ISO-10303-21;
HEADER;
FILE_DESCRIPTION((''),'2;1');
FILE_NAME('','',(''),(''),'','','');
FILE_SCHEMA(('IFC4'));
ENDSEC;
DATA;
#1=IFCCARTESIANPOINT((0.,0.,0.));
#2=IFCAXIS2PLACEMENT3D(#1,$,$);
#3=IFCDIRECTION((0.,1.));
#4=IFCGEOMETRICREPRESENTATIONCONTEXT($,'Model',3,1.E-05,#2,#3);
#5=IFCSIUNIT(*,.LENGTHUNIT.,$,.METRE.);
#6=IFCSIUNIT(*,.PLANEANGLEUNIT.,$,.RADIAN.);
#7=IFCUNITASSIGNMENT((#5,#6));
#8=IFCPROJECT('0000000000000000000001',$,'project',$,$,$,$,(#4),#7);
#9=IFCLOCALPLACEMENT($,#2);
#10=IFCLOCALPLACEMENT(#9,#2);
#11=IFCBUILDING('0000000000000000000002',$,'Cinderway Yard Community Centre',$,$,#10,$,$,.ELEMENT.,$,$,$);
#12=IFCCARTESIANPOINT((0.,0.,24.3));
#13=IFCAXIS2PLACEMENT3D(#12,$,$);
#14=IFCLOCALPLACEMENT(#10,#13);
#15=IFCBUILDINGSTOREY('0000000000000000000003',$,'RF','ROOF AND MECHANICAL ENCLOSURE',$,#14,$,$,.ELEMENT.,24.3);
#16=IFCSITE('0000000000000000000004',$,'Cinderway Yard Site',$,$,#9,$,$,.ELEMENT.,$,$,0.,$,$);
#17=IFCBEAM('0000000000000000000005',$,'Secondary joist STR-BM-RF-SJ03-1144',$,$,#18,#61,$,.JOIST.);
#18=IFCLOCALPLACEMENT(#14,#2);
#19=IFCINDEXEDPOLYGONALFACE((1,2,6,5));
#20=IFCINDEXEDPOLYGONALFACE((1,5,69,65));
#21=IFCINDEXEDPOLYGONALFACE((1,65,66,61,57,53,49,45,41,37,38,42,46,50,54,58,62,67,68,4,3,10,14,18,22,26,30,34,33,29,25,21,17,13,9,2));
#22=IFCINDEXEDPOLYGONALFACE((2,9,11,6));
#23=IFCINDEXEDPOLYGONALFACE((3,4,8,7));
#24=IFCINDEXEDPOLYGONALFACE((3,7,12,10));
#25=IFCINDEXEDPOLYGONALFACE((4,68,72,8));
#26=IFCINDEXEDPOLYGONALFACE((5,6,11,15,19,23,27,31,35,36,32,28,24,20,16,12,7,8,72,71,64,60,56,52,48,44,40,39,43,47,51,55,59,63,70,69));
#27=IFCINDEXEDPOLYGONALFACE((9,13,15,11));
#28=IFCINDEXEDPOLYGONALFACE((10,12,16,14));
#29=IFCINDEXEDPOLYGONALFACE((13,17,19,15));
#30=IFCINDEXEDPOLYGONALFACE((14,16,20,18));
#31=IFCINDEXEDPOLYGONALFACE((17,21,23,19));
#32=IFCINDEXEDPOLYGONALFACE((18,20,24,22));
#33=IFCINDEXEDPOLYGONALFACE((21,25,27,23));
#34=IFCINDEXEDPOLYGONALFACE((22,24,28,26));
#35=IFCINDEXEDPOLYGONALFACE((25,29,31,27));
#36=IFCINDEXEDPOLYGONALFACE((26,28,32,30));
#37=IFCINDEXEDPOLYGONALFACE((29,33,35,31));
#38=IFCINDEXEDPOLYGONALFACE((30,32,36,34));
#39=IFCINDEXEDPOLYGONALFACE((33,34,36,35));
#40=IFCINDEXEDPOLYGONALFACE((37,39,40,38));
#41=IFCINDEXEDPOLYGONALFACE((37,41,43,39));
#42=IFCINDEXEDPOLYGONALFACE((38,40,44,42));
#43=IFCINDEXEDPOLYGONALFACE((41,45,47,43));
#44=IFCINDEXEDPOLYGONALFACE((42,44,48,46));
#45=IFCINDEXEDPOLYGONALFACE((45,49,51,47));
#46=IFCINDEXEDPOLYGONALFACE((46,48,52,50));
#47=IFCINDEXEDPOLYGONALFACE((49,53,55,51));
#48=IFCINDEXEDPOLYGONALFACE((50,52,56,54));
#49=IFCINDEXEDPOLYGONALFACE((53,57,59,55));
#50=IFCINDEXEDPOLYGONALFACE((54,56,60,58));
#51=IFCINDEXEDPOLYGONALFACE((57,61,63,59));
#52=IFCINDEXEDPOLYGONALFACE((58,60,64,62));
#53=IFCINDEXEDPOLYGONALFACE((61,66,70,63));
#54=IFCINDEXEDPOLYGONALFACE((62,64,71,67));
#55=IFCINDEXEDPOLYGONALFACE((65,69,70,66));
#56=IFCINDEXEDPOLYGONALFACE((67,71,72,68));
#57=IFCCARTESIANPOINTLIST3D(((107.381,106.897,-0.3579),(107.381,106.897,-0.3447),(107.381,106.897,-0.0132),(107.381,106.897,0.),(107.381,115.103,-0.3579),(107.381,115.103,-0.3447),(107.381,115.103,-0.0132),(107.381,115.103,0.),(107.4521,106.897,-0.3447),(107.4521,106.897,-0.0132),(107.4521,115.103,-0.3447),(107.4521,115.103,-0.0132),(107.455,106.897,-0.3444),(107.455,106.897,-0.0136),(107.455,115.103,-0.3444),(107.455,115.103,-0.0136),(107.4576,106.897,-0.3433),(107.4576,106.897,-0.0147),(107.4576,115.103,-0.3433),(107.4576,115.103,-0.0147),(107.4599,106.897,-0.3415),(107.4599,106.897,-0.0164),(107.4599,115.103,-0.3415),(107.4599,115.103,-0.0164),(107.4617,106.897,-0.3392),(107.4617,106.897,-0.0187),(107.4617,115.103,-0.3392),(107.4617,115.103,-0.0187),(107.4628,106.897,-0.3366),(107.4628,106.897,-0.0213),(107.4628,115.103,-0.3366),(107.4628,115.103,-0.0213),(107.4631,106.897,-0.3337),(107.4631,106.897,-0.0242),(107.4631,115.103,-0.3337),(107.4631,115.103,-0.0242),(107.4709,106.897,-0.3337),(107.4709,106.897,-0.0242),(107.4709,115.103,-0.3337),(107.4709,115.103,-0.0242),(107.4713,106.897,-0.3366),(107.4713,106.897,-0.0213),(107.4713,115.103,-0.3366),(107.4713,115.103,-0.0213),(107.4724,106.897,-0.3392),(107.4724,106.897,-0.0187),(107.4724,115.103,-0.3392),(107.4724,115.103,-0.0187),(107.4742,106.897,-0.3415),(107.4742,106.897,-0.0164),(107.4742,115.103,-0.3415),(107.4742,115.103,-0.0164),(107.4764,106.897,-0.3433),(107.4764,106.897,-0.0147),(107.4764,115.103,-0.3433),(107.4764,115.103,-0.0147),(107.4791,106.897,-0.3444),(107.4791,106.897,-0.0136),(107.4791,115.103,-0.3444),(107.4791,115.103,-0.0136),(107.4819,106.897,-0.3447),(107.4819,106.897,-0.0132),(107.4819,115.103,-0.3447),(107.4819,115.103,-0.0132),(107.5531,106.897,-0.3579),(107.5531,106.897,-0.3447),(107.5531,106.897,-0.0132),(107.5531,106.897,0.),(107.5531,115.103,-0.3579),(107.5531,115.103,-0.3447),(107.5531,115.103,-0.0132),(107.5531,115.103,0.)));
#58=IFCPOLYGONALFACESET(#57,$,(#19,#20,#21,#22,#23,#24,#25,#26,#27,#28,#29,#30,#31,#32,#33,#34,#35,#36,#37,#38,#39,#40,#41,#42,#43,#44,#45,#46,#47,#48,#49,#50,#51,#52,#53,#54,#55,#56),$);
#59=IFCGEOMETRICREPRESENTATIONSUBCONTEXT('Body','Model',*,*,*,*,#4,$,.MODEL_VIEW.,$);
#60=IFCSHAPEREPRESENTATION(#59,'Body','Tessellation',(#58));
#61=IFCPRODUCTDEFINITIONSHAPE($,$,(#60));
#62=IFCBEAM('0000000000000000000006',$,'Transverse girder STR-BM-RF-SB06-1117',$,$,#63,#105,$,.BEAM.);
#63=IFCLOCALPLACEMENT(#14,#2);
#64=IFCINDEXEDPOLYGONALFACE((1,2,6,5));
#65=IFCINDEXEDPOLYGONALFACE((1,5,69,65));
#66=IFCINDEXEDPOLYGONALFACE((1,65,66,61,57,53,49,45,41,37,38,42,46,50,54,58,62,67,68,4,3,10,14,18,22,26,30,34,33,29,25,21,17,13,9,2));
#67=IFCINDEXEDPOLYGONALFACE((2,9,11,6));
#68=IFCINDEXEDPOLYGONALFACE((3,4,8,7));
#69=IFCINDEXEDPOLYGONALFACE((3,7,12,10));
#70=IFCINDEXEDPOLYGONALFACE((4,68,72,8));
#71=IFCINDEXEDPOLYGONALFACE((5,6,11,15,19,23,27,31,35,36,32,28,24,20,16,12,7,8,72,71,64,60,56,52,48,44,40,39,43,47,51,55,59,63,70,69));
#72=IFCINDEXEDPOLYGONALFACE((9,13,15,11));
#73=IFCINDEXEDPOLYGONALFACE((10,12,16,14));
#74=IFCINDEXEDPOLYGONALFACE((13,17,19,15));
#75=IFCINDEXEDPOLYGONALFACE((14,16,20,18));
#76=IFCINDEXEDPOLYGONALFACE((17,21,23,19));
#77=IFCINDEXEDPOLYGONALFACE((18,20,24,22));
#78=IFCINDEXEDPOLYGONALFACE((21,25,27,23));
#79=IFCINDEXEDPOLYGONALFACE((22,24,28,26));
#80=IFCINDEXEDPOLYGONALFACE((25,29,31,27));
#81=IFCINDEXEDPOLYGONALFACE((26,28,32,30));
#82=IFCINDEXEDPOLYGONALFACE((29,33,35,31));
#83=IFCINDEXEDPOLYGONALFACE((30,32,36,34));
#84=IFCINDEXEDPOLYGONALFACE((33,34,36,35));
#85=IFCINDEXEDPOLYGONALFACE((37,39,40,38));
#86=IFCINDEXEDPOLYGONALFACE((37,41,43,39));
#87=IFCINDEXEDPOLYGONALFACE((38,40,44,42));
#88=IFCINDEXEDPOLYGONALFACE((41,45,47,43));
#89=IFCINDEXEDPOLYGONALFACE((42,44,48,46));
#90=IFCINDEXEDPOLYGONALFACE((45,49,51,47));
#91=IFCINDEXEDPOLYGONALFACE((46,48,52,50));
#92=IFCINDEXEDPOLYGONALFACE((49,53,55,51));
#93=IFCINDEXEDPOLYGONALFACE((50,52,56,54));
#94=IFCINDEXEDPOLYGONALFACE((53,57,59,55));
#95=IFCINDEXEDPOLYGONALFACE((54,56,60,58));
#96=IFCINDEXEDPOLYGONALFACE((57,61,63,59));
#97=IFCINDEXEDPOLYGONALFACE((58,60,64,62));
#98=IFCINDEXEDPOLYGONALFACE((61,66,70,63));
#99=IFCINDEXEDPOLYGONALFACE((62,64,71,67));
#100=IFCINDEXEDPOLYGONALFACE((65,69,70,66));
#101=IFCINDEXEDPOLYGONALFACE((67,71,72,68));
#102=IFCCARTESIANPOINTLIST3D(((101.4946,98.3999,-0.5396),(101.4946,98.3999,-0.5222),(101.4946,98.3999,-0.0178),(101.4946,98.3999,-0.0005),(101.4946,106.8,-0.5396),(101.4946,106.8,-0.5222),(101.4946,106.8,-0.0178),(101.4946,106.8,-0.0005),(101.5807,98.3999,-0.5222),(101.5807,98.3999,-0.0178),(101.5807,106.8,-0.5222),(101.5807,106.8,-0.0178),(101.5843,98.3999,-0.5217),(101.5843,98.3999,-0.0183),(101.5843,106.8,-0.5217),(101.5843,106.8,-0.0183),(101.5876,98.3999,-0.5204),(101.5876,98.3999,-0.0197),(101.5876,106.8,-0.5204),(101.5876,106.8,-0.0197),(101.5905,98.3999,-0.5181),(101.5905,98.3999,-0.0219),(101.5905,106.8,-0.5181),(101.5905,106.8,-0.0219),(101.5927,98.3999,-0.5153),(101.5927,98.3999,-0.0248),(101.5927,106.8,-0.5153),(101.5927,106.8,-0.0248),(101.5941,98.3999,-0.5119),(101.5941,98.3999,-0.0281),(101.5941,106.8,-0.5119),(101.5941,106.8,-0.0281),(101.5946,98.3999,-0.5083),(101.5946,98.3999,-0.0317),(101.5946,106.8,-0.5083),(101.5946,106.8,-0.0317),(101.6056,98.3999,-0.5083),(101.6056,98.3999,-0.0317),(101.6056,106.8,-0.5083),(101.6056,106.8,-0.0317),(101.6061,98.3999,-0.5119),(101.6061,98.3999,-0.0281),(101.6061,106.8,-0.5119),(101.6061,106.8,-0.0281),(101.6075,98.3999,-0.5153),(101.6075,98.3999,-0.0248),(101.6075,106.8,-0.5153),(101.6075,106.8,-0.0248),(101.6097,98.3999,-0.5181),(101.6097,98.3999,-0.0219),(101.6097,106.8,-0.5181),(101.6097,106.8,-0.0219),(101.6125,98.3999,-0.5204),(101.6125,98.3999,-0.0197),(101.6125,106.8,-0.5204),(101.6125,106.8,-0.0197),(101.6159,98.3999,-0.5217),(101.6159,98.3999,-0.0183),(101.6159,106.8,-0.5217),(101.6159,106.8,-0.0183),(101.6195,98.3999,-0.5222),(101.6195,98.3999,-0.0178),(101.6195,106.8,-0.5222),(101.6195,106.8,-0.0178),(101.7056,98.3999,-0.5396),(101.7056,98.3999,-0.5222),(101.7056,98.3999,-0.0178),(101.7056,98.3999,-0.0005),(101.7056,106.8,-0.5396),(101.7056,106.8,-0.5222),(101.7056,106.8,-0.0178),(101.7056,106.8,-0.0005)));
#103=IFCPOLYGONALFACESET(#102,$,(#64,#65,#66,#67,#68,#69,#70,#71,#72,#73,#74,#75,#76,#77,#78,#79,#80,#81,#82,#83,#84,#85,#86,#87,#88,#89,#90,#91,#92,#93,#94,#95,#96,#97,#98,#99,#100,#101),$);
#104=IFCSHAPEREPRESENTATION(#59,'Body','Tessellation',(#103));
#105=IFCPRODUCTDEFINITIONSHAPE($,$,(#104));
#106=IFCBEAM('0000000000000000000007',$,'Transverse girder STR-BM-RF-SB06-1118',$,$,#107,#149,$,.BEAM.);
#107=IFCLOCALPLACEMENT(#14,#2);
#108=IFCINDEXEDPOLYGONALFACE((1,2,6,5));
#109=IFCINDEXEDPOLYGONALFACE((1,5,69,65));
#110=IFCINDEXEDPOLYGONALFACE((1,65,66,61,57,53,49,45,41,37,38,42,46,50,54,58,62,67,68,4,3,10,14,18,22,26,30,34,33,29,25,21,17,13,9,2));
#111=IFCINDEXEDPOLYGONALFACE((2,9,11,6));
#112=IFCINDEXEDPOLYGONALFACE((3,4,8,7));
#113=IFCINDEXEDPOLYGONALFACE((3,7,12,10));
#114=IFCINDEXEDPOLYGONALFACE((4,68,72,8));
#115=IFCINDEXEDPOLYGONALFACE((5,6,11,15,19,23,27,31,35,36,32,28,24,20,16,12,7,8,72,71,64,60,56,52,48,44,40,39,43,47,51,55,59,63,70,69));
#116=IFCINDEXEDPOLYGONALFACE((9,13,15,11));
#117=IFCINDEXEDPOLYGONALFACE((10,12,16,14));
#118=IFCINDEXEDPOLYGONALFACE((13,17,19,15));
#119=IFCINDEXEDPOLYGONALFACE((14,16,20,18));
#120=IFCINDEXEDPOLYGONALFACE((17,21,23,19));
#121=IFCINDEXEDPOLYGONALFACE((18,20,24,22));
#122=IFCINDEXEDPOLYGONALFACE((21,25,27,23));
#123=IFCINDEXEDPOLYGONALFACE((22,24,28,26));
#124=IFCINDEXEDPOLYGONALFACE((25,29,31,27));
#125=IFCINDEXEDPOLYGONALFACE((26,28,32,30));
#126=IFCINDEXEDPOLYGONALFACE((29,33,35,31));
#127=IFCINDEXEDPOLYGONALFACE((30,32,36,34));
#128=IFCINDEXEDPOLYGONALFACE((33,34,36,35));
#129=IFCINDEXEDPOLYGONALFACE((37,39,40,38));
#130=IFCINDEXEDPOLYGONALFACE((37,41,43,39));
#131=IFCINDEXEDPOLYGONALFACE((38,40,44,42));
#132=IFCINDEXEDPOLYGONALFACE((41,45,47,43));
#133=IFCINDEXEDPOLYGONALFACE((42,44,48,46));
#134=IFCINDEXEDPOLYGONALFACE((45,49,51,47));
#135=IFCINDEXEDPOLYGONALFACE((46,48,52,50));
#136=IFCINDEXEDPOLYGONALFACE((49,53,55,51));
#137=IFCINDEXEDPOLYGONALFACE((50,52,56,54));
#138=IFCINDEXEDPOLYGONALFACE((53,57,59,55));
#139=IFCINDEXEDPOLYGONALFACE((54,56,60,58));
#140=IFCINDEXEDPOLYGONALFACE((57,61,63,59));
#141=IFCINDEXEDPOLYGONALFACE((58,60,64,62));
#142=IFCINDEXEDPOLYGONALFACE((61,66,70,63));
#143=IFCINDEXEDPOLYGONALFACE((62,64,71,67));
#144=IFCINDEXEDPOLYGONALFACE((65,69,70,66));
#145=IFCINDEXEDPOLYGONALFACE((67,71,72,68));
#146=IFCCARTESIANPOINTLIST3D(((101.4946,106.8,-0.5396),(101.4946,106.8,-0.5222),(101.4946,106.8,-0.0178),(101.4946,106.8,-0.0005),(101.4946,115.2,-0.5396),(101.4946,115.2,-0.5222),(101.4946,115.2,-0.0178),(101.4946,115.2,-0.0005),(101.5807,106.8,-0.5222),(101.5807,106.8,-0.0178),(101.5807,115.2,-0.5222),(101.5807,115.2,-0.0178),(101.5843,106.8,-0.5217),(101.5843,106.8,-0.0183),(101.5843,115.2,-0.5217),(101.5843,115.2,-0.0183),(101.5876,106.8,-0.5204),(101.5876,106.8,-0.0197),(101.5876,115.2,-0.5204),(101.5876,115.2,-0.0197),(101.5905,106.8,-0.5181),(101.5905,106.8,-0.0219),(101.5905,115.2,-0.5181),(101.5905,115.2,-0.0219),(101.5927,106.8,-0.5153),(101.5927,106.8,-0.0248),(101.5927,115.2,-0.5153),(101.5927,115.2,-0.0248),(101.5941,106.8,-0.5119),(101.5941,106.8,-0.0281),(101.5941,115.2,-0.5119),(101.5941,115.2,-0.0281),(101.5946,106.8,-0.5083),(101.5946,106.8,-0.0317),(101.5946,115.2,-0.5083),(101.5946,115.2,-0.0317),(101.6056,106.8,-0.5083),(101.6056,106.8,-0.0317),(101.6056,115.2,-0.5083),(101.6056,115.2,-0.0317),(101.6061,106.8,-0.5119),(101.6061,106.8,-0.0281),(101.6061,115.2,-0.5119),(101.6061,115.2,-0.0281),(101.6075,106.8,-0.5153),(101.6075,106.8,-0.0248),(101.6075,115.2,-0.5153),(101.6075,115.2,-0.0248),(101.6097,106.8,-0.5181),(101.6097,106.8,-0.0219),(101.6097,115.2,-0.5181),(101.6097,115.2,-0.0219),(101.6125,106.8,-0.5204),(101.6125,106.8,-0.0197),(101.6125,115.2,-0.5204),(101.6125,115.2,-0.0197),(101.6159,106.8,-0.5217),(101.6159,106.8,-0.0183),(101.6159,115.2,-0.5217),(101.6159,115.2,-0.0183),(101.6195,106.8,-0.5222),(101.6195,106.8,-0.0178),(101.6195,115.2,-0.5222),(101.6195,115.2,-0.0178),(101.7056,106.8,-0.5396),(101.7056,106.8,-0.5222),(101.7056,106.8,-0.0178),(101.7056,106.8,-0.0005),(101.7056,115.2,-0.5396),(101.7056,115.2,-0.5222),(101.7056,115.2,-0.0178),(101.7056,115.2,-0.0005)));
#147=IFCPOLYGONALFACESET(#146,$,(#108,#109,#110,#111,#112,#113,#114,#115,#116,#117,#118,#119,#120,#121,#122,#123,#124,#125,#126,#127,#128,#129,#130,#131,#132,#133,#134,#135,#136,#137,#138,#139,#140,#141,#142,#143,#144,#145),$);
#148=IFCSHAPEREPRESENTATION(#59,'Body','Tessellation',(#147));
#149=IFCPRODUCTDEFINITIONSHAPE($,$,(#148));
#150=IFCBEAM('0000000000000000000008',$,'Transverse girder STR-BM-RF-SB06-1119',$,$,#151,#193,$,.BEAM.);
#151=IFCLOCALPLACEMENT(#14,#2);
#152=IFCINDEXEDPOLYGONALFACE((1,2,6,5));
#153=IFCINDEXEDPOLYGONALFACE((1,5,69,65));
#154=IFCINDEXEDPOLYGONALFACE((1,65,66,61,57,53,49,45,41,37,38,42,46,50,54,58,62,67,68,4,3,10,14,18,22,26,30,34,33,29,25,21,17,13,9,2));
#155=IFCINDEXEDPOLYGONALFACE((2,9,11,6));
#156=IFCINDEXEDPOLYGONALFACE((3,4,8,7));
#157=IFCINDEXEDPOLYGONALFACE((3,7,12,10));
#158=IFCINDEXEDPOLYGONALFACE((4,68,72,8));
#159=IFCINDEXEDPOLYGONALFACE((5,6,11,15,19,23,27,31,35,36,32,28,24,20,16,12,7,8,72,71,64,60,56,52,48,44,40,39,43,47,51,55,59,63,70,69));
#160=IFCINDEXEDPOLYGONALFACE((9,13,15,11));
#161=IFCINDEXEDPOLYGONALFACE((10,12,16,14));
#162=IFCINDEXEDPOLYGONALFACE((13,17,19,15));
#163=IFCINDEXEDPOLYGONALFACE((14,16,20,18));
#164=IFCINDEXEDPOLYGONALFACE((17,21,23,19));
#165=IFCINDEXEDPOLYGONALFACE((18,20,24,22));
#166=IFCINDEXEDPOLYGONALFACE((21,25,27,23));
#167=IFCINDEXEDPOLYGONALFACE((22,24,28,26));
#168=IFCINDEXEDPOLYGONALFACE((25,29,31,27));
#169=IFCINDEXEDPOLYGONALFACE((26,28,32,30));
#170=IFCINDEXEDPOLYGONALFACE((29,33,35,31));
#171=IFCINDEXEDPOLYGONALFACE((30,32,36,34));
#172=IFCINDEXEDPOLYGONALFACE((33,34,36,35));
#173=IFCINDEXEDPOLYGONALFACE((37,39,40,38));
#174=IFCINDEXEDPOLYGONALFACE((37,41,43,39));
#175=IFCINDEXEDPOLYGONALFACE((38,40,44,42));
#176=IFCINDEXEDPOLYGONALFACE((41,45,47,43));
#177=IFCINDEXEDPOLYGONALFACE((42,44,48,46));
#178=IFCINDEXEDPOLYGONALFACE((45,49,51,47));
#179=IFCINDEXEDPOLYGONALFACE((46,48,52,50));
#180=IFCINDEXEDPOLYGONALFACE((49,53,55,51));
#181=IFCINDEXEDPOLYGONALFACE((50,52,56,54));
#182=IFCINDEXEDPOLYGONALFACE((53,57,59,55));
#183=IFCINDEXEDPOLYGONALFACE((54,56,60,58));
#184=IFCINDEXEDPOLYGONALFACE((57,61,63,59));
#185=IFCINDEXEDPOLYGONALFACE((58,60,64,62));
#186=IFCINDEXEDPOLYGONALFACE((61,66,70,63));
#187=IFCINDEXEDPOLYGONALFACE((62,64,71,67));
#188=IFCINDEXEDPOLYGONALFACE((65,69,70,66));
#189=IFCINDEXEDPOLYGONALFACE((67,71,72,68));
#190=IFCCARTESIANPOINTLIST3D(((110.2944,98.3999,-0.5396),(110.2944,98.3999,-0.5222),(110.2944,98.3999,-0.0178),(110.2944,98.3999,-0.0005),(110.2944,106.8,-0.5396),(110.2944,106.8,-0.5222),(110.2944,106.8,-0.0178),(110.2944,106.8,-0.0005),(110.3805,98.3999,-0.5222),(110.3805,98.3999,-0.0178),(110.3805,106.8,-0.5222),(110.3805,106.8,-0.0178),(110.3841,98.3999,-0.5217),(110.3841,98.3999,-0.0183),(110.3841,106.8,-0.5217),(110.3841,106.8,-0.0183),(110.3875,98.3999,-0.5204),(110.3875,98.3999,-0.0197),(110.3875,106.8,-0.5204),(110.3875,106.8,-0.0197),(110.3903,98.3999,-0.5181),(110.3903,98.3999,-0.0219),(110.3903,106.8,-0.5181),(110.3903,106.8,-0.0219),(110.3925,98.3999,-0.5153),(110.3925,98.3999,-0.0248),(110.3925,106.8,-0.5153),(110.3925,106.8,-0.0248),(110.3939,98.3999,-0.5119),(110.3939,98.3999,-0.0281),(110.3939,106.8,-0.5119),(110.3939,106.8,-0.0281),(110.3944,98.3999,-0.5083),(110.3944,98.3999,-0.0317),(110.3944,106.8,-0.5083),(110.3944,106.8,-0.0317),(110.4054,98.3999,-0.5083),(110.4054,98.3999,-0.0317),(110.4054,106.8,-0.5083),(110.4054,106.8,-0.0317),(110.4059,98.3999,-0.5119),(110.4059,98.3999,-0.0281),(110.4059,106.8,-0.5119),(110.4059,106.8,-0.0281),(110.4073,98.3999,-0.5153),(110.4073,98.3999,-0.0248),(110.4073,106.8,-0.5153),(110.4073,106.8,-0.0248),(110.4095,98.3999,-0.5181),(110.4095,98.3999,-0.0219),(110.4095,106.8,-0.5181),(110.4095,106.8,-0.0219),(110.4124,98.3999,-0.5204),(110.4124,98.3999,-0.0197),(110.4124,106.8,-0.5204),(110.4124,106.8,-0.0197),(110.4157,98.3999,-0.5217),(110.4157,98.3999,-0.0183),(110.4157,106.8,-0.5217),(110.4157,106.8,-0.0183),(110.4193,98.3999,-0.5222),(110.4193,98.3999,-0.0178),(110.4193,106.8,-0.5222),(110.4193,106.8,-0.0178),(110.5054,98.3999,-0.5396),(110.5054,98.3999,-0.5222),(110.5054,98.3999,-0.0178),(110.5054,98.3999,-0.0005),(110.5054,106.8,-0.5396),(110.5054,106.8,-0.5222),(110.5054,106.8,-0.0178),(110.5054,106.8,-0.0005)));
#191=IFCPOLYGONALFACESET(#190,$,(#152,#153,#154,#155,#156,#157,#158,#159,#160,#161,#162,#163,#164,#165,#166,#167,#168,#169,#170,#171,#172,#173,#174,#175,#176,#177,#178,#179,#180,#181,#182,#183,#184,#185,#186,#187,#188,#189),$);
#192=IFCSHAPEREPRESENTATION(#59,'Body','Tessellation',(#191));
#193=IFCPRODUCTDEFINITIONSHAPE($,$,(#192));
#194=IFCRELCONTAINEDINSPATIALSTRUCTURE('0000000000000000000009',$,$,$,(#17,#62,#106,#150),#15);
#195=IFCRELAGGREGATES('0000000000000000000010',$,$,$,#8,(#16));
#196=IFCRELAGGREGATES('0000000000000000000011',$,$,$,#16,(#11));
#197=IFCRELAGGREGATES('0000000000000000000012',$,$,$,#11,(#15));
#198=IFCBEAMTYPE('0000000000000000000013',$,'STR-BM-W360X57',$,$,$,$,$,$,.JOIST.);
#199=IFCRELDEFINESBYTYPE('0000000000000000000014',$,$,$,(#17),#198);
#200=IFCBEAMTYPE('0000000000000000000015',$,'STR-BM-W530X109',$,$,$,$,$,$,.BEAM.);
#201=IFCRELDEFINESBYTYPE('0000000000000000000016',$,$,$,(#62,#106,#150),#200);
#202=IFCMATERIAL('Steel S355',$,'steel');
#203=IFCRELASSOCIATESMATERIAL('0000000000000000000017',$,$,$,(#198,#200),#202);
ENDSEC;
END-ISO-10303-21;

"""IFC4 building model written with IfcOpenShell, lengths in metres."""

from ifc_helpers import new_model, si_unit, direction, frame, origin, origin_2d, place, context, subcontext, project, spatial, i_section, extrude, material, material_profile, profile_set, type_object, element, save


model = new_model("IFC4")

# Units and contexts
model_context = context("Model", 3, precision=1e-05, world=origin(), true_north=direction((0.0, 1.0)))
body_context = subcontext(model_context, "Body", "Model", "MODEL_VIEW")
ifc_project = project(units=[si_unit("LENGTHUNIT", "METRE"), si_unit("PLANEANGLEUNIT", "RADIAN")], contexts=[model_context])

# Site, building, storey
site_placement = place(None, origin())
site = spatial("IfcSite", under=ifc_project, at=site_placement, Name="Cinderway Yard Site", CompositionType="ELEMENT", RefElevation=0.0)
building_placement = place(site_placement, origin())
building = spatial("IfcBuilding", under=site, at=building_placement, Name="Cinderway Yard Community Centre", CompositionType="ELEMENT")
storey_placement = place(building_placement, frame((0.0, 0.0, 24.3)))
storey = spatial("IfcBuildingStorey", under=building, at=storey_placement, Name="RF", Description="ROOF AND MECHANICAL ENCLOSURE", CompositionType="ELEMENT", Elevation=24.3)

# Shared definitions
ifc_material = material(Name="Steel S355", Category="steel")

# Beams
ifc_material_profile_1 = material_profile(ifc_material, i_section(OverallWidth=0.1721, OverallDepth=0.3579, WebThickness=0.0078, FlangeThickness=0.0132, FilletRadius=0.011, at=origin_2d()), Name="Steel S355")
ifc_profile_set_1 = profile_set([ifc_material_profile_1], Name="Steel S355")
beam_type_1 = type_object("IfcBeamType", Name="STR-BM-W360X57", PredefinedType="JOIST", material=ifc_profile_set_1)
for number, where, z_axis, x_axis, name in (
    (1, (107.467, 106.897, -0.179), (0.0, 1.0, 0.0), (-1.0, 0.0, 0.0), "Secondary joist STR-BM-RF-SJ03-1144"),
):
    element("IfcBeam", number, at=place(storey_placement, frame(where, z_axis=z_axis, x_axis=x_axis)), inside=storey, type_object=beam_type_1, Name=name, PredefinedType="JOIST", context=body_context, shape_type="SweptSolid", body=[
        extrude(i_section(OverallWidth=0.1721, OverallDepth=0.3579, WebThickness=0.0078, FlangeThickness=0.0132, FilletRadius=0.011, at=origin_2d()), origin(), (0.0, 0.0, 1.0), 8.2061),
    ])
ifc_material_profile_2 = material_profile(ifc_material, i_section(OverallWidth=0.2109, OverallDepth=0.5391, WebThickness=0.011, FlangeThickness=0.0173, FilletRadius=0.0139, at=origin_2d()), Name="Steel S355")
ifc_profile_set_2 = profile_set([ifc_material_profile_2], Name="Steel S355")
beam_type_2 = type_object("IfcBeamType", Name="STR-BM-W530X109", PredefinedType="BEAM", material=ifc_profile_set_2)
beam_1_placement = place(storey_placement, frame((101.6001, 98.3999, -0.27), z_axis=(0.0, 1.0, 0.0), x_axis=(-1.0, 0.0, 0.0)))
element("IfcBeam", 2, at=beam_1_placement, inside=storey, type_object=beam_type_2, Name="Transverse girder STR-BM-RF-SB06-1117", PredefinedType="BEAM", context=body_context, shape_type="SweptSolid", body=[
    extrude(i_section(OverallWidth=0.2109, OverallDepth=0.5391, WebThickness=0.011, FlangeThickness=0.0173, FilletRadius=0.0139, at=origin_2d()), origin(), (0.0, 0.0, 1.0), 8.4001),
])
beam_2_placement = place(storey_placement, frame((101.6001, 106.8, -0.27), z_axis=(0.0, 1.0, 0.0), x_axis=(-1.0, 0.0, 0.0)))
element("IfcBeam", 3, at=beam_2_placement, inside=storey, type_object=beam_type_2, Name="Transverse girder STR-BM-RF-SB06-1118", PredefinedType="BEAM", context=body_context, shape_type="SweptSolid", body=[
    extrude(i_section(OverallWidth=0.2109, OverallDepth=0.5391, WebThickness=0.011, FlangeThickness=0.0173, FilletRadius=0.0139, at=origin_2d()), origin(), (0.0, 0.0, 1.0), 8.3999),
])
beam_3_placement = place(storey_placement, frame((110.3999, 98.3999, -0.27), z_axis=(0.0, 1.0, 0.0), x_axis=(-1.0, 0.0, 0.0)))
element("IfcBeam", 4, at=beam_3_placement, inside=storey, type_object=beam_type_2, Name="Transverse girder STR-BM-RF-SB06-1119", PredefinedType="BEAM", context=body_context, shape_type="SweptSolid", body=[
    extrude(i_section(OverallWidth=0.2109, OverallDepth=0.5391, WebThickness=0.011, FlangeThickness=0.0173, FilletRadius=0.0139, at=origin_2d()), origin(), (0.0, 0.0, 1.0), 8.4001),
])

save(model, "model.ifc")
